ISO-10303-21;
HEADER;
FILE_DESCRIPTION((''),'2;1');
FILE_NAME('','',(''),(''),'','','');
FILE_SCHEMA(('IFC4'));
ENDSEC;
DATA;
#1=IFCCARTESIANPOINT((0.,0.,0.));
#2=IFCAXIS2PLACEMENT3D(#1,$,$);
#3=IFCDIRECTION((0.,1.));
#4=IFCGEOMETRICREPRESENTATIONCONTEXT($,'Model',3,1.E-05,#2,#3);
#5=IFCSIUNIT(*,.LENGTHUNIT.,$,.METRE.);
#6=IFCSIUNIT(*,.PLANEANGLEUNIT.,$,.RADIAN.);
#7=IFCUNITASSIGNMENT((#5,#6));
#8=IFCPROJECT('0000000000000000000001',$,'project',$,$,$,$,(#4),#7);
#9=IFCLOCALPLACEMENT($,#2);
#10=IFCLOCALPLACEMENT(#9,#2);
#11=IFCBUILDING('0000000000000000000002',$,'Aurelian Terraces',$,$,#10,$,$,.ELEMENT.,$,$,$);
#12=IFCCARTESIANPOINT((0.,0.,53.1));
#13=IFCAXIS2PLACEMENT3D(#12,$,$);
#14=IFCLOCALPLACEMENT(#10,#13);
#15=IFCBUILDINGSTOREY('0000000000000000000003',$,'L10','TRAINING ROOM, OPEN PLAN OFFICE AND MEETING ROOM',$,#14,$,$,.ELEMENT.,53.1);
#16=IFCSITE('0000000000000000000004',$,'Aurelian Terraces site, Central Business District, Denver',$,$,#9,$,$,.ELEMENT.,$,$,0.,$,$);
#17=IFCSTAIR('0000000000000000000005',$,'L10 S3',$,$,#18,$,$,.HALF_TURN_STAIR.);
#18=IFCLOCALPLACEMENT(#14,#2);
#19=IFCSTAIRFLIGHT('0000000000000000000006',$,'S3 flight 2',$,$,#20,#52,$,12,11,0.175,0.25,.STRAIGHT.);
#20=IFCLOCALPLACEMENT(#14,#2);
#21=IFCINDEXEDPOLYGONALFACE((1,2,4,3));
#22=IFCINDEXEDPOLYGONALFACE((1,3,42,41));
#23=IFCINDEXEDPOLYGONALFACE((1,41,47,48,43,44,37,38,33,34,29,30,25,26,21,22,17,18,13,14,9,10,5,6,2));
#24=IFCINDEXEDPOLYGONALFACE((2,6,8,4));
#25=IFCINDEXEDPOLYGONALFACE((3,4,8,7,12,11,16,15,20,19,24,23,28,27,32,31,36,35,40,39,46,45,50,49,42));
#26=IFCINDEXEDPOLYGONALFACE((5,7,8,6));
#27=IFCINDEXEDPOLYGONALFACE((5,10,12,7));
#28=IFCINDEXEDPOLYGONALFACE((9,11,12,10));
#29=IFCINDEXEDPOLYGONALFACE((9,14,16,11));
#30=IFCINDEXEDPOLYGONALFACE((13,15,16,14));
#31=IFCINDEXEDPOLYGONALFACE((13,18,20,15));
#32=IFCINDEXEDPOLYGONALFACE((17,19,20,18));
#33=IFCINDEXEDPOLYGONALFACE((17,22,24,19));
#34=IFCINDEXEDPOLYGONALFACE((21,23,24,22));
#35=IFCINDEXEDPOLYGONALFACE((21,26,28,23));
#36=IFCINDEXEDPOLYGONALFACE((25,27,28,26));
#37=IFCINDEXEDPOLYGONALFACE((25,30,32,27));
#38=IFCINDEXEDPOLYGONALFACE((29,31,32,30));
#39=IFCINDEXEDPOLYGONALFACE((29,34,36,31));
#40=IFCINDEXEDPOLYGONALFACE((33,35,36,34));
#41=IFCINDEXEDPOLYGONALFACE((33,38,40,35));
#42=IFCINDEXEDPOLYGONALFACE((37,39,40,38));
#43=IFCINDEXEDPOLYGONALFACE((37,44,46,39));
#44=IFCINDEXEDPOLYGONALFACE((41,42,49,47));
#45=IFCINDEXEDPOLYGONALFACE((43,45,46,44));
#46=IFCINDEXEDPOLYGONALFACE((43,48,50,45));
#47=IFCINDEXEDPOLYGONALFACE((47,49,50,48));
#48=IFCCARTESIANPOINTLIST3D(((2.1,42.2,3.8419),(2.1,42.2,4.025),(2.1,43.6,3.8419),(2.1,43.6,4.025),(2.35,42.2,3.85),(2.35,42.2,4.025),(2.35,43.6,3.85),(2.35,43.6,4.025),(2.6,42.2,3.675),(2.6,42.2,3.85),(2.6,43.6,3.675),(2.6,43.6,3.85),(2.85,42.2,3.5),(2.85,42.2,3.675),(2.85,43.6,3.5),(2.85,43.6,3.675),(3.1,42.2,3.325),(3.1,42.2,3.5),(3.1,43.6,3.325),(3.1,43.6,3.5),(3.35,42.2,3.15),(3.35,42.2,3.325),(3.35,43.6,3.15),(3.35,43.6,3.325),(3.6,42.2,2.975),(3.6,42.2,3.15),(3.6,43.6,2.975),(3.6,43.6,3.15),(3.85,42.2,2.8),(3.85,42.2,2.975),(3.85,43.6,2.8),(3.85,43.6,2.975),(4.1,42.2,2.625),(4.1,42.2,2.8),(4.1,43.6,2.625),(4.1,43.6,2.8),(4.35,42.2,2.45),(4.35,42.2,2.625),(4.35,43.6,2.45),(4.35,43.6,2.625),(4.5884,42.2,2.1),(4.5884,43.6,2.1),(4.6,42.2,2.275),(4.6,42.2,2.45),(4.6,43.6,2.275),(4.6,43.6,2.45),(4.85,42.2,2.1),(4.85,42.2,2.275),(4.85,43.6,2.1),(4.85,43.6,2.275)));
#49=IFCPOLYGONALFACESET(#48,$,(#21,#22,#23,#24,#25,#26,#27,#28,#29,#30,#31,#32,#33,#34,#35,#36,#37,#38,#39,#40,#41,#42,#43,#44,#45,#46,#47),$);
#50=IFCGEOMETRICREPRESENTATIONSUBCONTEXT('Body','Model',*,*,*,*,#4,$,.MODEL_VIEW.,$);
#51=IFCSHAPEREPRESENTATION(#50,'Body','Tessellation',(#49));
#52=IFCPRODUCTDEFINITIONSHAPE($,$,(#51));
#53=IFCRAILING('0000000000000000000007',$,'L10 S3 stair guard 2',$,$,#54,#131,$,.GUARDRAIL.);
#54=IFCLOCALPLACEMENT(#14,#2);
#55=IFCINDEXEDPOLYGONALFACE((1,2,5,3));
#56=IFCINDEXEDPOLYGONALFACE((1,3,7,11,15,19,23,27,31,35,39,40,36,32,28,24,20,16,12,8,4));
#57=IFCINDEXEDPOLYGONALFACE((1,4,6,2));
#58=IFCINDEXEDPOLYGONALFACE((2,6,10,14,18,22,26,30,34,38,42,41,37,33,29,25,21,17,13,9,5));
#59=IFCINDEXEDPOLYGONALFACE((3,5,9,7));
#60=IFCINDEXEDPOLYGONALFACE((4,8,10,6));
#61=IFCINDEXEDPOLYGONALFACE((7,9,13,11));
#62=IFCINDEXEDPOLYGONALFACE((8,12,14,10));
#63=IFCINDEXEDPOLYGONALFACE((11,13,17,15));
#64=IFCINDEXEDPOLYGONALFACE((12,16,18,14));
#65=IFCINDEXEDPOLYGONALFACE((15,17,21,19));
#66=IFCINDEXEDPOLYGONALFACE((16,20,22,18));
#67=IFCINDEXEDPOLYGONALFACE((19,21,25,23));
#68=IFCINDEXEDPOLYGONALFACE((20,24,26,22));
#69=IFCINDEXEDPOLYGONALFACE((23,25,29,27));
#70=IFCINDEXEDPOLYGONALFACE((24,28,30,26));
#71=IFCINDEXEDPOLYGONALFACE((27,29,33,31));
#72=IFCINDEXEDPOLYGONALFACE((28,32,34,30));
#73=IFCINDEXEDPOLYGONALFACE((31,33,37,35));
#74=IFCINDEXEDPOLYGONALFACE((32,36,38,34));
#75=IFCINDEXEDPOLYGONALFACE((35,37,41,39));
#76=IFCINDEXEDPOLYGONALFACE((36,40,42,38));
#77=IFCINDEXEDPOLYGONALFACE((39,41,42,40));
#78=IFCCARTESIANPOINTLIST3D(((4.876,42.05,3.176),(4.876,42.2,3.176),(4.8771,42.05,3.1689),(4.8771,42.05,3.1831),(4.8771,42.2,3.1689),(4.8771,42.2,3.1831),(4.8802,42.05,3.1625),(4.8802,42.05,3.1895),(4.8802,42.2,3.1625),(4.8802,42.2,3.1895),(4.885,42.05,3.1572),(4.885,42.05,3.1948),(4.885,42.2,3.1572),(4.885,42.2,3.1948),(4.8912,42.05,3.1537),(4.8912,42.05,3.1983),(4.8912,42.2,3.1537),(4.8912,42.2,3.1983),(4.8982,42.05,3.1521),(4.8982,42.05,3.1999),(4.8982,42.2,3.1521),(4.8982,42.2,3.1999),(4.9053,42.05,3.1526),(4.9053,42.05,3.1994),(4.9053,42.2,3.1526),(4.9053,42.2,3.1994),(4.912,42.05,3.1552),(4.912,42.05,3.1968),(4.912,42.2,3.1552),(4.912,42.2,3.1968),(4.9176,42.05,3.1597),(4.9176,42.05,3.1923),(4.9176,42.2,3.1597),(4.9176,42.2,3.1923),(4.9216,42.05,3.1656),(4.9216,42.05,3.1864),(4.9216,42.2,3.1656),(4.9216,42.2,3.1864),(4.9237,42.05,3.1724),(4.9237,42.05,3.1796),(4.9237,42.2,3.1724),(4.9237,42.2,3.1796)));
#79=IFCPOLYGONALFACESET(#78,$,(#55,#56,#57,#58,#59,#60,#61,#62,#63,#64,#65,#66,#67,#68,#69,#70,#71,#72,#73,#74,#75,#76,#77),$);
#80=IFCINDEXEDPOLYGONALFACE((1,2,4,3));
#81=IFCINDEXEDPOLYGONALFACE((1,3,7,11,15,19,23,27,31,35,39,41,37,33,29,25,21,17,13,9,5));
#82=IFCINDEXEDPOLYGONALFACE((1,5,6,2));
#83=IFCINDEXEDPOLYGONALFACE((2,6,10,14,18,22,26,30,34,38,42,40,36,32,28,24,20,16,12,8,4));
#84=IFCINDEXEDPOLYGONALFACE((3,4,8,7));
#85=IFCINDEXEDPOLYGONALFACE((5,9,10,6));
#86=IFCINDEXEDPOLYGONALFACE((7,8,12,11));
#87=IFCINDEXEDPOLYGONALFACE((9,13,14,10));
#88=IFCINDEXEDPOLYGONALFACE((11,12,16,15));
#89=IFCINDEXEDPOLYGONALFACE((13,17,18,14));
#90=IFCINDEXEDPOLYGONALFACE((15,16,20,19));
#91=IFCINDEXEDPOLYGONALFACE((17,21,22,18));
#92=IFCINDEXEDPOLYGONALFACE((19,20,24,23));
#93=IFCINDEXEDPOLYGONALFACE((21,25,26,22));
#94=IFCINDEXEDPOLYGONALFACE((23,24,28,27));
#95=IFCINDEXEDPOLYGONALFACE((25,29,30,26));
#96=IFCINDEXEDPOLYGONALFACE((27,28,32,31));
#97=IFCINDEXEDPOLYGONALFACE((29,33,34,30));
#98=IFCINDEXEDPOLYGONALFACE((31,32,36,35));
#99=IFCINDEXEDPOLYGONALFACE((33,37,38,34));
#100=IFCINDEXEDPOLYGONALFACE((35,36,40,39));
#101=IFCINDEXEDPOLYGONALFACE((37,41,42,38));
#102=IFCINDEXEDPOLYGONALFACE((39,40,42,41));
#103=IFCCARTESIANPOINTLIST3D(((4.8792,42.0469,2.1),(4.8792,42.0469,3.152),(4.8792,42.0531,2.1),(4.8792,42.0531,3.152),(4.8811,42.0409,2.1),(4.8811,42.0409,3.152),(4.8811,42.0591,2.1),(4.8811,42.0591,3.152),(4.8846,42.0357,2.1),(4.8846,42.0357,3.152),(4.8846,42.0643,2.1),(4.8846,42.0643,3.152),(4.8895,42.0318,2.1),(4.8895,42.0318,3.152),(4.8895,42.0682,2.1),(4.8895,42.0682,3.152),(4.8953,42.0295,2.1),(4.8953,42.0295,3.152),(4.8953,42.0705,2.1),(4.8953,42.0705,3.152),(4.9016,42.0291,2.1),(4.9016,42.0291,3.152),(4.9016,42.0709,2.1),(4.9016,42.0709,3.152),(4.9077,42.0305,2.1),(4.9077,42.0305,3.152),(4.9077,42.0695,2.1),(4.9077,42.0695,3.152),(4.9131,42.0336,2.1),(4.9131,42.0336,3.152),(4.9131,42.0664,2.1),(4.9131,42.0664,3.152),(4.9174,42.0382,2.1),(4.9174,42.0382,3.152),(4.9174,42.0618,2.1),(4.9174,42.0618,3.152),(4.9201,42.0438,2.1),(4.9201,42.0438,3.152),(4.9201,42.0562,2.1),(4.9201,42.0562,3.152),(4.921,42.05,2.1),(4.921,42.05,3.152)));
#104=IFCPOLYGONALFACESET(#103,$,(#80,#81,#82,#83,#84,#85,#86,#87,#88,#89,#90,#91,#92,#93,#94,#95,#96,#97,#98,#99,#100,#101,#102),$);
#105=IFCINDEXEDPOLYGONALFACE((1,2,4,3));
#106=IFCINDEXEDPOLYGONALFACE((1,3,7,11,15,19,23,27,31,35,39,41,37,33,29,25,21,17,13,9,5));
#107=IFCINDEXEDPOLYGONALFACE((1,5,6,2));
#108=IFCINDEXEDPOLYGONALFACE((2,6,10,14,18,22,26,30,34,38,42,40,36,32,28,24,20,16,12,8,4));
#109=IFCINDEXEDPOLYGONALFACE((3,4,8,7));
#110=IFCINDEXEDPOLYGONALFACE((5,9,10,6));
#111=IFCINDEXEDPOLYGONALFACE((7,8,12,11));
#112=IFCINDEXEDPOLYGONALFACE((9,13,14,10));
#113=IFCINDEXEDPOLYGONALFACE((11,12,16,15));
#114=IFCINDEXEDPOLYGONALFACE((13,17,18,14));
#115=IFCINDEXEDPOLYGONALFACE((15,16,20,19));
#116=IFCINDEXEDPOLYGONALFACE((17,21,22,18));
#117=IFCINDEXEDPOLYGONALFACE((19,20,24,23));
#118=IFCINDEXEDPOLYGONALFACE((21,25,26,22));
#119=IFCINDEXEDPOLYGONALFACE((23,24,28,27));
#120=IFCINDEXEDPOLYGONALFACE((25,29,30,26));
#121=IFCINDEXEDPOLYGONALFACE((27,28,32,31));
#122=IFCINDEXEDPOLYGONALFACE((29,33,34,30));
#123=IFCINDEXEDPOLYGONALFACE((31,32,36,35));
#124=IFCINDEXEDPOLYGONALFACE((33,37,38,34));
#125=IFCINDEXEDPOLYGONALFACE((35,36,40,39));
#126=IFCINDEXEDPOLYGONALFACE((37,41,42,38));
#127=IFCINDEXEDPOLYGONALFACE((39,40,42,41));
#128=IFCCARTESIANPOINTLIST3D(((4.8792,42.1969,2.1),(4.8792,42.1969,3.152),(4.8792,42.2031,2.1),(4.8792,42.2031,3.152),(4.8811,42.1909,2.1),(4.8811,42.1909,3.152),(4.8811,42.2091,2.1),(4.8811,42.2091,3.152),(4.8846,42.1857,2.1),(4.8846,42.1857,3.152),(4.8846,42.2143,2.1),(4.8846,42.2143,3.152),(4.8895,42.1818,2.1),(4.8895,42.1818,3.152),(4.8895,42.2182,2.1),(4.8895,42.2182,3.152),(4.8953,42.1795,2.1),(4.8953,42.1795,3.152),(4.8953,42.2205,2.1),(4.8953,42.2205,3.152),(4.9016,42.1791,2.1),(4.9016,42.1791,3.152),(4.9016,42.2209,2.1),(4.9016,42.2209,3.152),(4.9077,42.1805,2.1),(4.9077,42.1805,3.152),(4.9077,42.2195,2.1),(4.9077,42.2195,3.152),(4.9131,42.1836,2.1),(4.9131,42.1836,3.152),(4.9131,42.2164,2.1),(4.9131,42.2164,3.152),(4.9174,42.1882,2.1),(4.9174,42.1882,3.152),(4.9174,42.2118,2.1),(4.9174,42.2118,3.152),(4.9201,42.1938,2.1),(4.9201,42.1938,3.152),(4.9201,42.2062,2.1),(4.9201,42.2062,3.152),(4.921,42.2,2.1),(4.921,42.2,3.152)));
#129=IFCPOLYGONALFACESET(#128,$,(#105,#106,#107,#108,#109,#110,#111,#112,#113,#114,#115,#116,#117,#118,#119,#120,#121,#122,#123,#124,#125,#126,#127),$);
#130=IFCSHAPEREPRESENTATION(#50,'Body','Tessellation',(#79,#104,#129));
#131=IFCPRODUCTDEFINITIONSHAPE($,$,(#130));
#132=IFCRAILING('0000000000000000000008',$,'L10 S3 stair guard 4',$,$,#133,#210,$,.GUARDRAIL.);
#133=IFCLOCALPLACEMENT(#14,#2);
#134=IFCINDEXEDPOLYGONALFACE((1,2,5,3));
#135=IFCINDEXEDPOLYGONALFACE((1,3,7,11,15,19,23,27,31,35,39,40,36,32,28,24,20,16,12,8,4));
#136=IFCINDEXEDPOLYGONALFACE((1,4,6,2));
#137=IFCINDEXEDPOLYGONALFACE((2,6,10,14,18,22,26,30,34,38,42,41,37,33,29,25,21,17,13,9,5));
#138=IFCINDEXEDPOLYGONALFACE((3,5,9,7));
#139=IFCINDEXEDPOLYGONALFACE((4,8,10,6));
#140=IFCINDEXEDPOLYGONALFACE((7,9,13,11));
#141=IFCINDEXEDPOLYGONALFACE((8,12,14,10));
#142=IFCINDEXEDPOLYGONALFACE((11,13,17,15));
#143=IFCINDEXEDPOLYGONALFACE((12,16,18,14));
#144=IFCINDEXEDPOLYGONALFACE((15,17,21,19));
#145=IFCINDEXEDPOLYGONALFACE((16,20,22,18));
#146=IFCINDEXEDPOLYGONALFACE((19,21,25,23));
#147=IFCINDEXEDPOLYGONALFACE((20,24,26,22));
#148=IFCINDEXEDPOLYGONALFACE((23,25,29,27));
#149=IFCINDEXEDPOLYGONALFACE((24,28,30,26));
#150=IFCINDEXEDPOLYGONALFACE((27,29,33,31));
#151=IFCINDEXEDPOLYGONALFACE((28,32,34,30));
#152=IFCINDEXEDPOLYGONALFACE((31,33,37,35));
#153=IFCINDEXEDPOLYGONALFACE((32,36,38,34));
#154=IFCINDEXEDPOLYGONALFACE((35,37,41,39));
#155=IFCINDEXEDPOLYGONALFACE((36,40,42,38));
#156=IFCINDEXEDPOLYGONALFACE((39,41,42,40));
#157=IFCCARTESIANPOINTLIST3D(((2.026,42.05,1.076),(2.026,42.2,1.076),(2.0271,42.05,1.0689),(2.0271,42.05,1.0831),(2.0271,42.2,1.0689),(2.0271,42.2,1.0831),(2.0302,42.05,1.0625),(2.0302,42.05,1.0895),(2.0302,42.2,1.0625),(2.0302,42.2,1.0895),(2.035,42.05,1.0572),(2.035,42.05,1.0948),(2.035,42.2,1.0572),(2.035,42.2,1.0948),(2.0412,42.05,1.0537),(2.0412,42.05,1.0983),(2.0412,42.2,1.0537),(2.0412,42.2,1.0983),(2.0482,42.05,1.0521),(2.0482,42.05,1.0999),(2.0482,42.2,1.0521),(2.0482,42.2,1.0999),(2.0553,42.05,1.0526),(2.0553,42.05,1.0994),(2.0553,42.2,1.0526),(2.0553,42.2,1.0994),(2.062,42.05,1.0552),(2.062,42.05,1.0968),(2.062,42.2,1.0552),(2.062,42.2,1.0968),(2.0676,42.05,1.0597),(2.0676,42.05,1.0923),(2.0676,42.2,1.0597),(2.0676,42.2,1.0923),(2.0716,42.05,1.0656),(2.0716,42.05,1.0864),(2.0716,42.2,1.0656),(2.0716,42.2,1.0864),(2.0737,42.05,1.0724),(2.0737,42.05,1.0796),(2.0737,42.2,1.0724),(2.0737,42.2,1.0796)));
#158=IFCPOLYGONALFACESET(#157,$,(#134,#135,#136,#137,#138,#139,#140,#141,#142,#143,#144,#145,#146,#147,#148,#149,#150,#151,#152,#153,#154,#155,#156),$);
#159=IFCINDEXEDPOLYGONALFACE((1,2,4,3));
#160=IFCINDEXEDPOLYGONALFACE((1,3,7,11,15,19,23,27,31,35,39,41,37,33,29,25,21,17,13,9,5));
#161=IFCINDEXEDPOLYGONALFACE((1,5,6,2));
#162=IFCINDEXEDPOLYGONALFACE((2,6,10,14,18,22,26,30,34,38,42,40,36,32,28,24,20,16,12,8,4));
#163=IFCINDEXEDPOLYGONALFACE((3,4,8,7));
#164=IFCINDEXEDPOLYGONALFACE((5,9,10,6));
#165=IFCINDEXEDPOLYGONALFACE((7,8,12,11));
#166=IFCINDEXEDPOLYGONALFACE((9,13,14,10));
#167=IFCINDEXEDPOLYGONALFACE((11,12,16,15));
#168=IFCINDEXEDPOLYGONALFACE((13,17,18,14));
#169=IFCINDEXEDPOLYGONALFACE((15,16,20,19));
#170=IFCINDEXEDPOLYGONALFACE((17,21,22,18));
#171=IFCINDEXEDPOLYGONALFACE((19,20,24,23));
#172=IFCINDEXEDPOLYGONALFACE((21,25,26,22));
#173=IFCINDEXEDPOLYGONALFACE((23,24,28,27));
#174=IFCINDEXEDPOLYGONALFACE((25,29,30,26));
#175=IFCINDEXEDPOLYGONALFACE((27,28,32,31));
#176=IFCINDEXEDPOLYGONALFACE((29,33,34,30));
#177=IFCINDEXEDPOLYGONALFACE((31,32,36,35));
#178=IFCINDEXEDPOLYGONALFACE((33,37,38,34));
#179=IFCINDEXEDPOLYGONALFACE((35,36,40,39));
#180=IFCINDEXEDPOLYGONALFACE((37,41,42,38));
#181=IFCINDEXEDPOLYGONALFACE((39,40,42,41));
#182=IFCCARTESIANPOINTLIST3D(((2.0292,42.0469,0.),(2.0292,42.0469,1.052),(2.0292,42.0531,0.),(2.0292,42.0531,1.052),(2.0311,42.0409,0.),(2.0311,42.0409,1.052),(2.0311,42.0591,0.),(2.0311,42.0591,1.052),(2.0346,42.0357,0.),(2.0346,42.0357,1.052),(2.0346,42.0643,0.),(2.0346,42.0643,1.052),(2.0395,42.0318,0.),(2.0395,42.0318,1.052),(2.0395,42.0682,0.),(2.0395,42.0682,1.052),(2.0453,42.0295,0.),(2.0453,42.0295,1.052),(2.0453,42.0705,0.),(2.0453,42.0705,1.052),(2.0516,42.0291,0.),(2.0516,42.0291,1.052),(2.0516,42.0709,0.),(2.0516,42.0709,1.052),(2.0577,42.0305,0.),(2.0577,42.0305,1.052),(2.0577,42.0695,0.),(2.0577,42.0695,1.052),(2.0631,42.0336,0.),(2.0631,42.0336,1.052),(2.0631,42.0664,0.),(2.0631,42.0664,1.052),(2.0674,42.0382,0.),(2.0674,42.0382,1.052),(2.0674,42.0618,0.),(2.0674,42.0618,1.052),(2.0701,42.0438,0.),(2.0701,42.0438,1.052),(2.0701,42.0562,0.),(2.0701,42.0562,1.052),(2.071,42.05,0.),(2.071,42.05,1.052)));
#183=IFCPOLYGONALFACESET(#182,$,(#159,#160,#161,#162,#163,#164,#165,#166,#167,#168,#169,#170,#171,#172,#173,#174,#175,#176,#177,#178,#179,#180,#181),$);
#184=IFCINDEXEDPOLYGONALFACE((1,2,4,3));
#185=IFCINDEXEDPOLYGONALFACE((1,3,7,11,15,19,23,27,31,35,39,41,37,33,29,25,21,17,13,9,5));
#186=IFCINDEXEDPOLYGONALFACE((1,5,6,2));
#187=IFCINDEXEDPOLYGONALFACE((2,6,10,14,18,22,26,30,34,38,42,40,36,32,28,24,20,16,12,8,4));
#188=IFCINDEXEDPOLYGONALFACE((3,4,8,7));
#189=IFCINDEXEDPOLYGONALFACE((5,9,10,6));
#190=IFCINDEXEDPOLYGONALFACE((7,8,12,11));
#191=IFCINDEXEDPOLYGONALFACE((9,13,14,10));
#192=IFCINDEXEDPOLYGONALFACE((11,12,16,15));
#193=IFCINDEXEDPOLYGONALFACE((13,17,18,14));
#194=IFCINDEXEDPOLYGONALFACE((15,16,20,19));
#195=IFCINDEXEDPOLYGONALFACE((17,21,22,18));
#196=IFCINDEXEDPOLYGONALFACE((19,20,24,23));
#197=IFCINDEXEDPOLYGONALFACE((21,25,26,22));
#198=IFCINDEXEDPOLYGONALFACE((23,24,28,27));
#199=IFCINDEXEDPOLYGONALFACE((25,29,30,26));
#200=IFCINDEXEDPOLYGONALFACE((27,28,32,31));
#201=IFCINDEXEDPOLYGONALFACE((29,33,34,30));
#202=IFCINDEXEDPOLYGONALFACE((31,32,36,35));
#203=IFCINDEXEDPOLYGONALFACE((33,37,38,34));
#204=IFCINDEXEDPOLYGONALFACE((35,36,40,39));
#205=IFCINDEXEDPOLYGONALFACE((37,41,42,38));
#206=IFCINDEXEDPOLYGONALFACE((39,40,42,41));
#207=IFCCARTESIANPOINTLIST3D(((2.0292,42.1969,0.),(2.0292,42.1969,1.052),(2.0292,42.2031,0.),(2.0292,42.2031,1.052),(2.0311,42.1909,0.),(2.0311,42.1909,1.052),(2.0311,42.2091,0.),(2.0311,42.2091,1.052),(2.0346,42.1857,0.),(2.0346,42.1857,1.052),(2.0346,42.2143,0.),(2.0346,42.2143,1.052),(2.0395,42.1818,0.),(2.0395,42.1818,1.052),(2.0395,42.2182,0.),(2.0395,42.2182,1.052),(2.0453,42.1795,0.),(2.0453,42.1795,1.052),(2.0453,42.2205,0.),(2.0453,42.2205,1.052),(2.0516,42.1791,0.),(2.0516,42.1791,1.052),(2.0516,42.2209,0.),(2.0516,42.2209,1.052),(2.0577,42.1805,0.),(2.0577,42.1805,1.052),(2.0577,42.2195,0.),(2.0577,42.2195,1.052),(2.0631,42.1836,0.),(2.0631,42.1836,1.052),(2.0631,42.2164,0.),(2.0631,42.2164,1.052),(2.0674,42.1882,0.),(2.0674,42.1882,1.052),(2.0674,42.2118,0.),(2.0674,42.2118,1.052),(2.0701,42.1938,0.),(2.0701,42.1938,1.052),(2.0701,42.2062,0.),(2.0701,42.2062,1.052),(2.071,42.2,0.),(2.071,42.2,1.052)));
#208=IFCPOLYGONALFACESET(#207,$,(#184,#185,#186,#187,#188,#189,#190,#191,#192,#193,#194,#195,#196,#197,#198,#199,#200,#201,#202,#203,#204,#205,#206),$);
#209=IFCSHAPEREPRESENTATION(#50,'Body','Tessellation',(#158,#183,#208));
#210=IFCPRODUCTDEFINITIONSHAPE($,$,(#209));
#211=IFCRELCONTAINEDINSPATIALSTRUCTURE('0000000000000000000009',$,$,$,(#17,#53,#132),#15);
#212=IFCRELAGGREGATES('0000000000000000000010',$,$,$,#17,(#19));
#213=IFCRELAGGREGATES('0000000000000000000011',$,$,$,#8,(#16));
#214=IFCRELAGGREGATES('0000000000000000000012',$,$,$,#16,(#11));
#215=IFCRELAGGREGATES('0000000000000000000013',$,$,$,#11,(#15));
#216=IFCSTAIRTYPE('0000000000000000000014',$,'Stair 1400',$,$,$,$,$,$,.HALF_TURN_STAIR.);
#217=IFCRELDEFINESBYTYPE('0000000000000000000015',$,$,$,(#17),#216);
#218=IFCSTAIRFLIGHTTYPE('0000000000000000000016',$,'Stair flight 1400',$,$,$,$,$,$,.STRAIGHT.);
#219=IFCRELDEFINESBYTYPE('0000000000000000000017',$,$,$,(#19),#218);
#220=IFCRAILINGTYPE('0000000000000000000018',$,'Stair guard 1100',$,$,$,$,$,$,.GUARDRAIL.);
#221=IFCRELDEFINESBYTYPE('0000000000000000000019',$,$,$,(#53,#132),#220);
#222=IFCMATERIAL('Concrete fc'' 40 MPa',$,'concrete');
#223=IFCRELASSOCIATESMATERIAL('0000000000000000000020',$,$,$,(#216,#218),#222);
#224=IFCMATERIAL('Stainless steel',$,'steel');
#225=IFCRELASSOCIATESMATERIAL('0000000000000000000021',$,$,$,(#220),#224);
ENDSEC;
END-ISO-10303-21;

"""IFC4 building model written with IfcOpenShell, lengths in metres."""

from ifc_helpers import new_model, si_unit, direction, frame, origin, origin_2d, place, context, subcontext, project, spatial, polyline, circle, outline, extrude, source, transform, mapped, material, type_object, element, aggregate, save


model = new_model("IFC4")

# Units and contexts
model_context = context("Model", 3, precision=1e-05, world=origin(), true_north=direction((0.0, 1.0)))
body_context = subcontext(model_context, "Body", "Model", "MODEL_VIEW")
ifc_project = project(units=[si_unit("LENGTHUNIT", "METRE"), si_unit("PLANEANGLEUNIT", "RADIAN")], contexts=[model_context])

# Site, building, storey
site_placement = place(None, origin())
site = spatial("IfcSite", under=ifc_project, at=site_placement, Name="Aurelian Terraces site, Central Business District, Denver", CompositionType="ELEMENT", RefElevation=0.0)
building_placement = place(site_placement, origin())
building = spatial("IfcBuilding", under=site, at=building_placement, Name="Aurelian Terraces", CompositionType="ELEMENT")
storey_placement = place(building_placement, frame((0.0, 0.0, 53.1)))
storey = spatial("IfcBuildingStorey", under=building, at=storey_placement, Name="L10", Description="TRAINING ROOM, OPEN PLAN OFFICE AND MEETING ROOM", CompositionType="ELEMENT", Elevation=53.1)

# Shared definitions
ifc_material_1 = material(Name="Concrete fc' 40 MPa", Category="concrete")

# Stair, stair flight
stair_type = type_object("IfcStairType", Name="Stair 1400", PredefinedType="HALF_TURN_STAIR", material=ifc_material_1)
stair_placement = place(storey_placement, origin())
stair = element("IfcStair", 1, at=stair_placement, inside=storey, type_object=stair_type, Name="L10 S3", PredefinedType="HALF_TURN_STAIR")
stair_flight_type = type_object("IfcStairFlightType", Name="Stair flight 1400", PredefinedType="STRAIGHT", material=ifc_material_1)
shared_shape_1 = source(origin(), body_context, "Body", "SweptSolid", [
    extrude(outline(polyline([(0.0, 0.0), (0.0, 0.175), (0.25, 0.175), (0.25, 0.35), (0.5, 0.35), (0.5, 0.525), (0.75, 0.525), (0.75, 0.7), (1.0, 0.7), (1.0, 0.875), (1.25, 0.875), (1.25, 1.05), (1.5, 1.05), (1.5, 1.225), (1.75, 1.225), (1.75, 1.4), (2.0, 1.4), (2.0, 1.575), (2.25, 1.575), (2.25, 1.75), (2.5, 1.75), (2.5, 1.925), (2.75, 1.925), (2.75, 2.1), (2.75, 1.7419), (0.2616, 0.0), (0.0, 0.0)])), frame((0.0, 0.7, 0.0), z_axis=(0.0, -1.0, 0.0), x_axis=(1.0, 0.0, 0.0)), (0.0, 0.0, 1.0), 1.4),
])
stair_flight_1_placement = place(storey_placement, frame((4.85, 42.9, 2.1), z_axis=(0.0, 0.0, 1.0), x_axis=(-1.0, 0.0, 0.0)))
stair_flight_1 = element("IfcStairFlight", 2, at=stair_flight_1_placement, type_object=stair_flight_type, Name="S3 flight 2", NumberOfRisers=12, NumberOfTreads=11, PredefinedType="STRAIGHT", RiserHeight=0.175, TreadLength=0.25, context=body_context, shape_type="MappedRepresentation", body=[
    mapped(shared_shape_1, transform((0.0, 0.0, 0.0), scale=1.0)),
])
aggregate(stair, [stair_flight_1])

# Railings
ifc_material_2 = material(Name="Stainless steel", Category="steel")
railing_type_1 = type_object("IfcRailingType", Name="Stair guard 1100", PredefinedType="GUARDRAIL", material=ifc_material_2)
shared_shape_2 = source(origin(), body_context, "Body", "SweptSolid", [
    extrude(circle(Radius=0.024, at=origin_2d()), frame((0.0, 0.0, 1.076), z_axis=(0.0, 1.0, 0.0), x_axis=(-1.0, 0.0, 0.0)), (0.0, 0.0, 1.0), 0.15),
    extrude(circle(Radius=0.021, at=origin_2d()), origin(), (0.0, 0.0, 1.0), 1.052),
    extrude(circle(Radius=0.021, at=origin_2d()), frame((0.0, 0.15, 0.0)), (0.0, 0.0, 1.0), 1.052),
])
for number, where, name in (
    (3, (4.9, 42.05, 2.1), "L10 S3 stair guard 2"),
    (4, (2.05, 42.05, 0.0), "L10 S3 stair guard 4"),
):
    element("IfcRailing", number, at=place(storey_placement, frame(where)), inside=storey, type_object=railing_type_1, Name=name, PredefinedType="GUARDRAIL", context=body_context, shape_type="MappedRepresentation", body=[
        mapped(shared_shape_2, transform((0.0, 0.0, 0.0), scale=1.0)),
    ])

save(model, "model.ifc")
